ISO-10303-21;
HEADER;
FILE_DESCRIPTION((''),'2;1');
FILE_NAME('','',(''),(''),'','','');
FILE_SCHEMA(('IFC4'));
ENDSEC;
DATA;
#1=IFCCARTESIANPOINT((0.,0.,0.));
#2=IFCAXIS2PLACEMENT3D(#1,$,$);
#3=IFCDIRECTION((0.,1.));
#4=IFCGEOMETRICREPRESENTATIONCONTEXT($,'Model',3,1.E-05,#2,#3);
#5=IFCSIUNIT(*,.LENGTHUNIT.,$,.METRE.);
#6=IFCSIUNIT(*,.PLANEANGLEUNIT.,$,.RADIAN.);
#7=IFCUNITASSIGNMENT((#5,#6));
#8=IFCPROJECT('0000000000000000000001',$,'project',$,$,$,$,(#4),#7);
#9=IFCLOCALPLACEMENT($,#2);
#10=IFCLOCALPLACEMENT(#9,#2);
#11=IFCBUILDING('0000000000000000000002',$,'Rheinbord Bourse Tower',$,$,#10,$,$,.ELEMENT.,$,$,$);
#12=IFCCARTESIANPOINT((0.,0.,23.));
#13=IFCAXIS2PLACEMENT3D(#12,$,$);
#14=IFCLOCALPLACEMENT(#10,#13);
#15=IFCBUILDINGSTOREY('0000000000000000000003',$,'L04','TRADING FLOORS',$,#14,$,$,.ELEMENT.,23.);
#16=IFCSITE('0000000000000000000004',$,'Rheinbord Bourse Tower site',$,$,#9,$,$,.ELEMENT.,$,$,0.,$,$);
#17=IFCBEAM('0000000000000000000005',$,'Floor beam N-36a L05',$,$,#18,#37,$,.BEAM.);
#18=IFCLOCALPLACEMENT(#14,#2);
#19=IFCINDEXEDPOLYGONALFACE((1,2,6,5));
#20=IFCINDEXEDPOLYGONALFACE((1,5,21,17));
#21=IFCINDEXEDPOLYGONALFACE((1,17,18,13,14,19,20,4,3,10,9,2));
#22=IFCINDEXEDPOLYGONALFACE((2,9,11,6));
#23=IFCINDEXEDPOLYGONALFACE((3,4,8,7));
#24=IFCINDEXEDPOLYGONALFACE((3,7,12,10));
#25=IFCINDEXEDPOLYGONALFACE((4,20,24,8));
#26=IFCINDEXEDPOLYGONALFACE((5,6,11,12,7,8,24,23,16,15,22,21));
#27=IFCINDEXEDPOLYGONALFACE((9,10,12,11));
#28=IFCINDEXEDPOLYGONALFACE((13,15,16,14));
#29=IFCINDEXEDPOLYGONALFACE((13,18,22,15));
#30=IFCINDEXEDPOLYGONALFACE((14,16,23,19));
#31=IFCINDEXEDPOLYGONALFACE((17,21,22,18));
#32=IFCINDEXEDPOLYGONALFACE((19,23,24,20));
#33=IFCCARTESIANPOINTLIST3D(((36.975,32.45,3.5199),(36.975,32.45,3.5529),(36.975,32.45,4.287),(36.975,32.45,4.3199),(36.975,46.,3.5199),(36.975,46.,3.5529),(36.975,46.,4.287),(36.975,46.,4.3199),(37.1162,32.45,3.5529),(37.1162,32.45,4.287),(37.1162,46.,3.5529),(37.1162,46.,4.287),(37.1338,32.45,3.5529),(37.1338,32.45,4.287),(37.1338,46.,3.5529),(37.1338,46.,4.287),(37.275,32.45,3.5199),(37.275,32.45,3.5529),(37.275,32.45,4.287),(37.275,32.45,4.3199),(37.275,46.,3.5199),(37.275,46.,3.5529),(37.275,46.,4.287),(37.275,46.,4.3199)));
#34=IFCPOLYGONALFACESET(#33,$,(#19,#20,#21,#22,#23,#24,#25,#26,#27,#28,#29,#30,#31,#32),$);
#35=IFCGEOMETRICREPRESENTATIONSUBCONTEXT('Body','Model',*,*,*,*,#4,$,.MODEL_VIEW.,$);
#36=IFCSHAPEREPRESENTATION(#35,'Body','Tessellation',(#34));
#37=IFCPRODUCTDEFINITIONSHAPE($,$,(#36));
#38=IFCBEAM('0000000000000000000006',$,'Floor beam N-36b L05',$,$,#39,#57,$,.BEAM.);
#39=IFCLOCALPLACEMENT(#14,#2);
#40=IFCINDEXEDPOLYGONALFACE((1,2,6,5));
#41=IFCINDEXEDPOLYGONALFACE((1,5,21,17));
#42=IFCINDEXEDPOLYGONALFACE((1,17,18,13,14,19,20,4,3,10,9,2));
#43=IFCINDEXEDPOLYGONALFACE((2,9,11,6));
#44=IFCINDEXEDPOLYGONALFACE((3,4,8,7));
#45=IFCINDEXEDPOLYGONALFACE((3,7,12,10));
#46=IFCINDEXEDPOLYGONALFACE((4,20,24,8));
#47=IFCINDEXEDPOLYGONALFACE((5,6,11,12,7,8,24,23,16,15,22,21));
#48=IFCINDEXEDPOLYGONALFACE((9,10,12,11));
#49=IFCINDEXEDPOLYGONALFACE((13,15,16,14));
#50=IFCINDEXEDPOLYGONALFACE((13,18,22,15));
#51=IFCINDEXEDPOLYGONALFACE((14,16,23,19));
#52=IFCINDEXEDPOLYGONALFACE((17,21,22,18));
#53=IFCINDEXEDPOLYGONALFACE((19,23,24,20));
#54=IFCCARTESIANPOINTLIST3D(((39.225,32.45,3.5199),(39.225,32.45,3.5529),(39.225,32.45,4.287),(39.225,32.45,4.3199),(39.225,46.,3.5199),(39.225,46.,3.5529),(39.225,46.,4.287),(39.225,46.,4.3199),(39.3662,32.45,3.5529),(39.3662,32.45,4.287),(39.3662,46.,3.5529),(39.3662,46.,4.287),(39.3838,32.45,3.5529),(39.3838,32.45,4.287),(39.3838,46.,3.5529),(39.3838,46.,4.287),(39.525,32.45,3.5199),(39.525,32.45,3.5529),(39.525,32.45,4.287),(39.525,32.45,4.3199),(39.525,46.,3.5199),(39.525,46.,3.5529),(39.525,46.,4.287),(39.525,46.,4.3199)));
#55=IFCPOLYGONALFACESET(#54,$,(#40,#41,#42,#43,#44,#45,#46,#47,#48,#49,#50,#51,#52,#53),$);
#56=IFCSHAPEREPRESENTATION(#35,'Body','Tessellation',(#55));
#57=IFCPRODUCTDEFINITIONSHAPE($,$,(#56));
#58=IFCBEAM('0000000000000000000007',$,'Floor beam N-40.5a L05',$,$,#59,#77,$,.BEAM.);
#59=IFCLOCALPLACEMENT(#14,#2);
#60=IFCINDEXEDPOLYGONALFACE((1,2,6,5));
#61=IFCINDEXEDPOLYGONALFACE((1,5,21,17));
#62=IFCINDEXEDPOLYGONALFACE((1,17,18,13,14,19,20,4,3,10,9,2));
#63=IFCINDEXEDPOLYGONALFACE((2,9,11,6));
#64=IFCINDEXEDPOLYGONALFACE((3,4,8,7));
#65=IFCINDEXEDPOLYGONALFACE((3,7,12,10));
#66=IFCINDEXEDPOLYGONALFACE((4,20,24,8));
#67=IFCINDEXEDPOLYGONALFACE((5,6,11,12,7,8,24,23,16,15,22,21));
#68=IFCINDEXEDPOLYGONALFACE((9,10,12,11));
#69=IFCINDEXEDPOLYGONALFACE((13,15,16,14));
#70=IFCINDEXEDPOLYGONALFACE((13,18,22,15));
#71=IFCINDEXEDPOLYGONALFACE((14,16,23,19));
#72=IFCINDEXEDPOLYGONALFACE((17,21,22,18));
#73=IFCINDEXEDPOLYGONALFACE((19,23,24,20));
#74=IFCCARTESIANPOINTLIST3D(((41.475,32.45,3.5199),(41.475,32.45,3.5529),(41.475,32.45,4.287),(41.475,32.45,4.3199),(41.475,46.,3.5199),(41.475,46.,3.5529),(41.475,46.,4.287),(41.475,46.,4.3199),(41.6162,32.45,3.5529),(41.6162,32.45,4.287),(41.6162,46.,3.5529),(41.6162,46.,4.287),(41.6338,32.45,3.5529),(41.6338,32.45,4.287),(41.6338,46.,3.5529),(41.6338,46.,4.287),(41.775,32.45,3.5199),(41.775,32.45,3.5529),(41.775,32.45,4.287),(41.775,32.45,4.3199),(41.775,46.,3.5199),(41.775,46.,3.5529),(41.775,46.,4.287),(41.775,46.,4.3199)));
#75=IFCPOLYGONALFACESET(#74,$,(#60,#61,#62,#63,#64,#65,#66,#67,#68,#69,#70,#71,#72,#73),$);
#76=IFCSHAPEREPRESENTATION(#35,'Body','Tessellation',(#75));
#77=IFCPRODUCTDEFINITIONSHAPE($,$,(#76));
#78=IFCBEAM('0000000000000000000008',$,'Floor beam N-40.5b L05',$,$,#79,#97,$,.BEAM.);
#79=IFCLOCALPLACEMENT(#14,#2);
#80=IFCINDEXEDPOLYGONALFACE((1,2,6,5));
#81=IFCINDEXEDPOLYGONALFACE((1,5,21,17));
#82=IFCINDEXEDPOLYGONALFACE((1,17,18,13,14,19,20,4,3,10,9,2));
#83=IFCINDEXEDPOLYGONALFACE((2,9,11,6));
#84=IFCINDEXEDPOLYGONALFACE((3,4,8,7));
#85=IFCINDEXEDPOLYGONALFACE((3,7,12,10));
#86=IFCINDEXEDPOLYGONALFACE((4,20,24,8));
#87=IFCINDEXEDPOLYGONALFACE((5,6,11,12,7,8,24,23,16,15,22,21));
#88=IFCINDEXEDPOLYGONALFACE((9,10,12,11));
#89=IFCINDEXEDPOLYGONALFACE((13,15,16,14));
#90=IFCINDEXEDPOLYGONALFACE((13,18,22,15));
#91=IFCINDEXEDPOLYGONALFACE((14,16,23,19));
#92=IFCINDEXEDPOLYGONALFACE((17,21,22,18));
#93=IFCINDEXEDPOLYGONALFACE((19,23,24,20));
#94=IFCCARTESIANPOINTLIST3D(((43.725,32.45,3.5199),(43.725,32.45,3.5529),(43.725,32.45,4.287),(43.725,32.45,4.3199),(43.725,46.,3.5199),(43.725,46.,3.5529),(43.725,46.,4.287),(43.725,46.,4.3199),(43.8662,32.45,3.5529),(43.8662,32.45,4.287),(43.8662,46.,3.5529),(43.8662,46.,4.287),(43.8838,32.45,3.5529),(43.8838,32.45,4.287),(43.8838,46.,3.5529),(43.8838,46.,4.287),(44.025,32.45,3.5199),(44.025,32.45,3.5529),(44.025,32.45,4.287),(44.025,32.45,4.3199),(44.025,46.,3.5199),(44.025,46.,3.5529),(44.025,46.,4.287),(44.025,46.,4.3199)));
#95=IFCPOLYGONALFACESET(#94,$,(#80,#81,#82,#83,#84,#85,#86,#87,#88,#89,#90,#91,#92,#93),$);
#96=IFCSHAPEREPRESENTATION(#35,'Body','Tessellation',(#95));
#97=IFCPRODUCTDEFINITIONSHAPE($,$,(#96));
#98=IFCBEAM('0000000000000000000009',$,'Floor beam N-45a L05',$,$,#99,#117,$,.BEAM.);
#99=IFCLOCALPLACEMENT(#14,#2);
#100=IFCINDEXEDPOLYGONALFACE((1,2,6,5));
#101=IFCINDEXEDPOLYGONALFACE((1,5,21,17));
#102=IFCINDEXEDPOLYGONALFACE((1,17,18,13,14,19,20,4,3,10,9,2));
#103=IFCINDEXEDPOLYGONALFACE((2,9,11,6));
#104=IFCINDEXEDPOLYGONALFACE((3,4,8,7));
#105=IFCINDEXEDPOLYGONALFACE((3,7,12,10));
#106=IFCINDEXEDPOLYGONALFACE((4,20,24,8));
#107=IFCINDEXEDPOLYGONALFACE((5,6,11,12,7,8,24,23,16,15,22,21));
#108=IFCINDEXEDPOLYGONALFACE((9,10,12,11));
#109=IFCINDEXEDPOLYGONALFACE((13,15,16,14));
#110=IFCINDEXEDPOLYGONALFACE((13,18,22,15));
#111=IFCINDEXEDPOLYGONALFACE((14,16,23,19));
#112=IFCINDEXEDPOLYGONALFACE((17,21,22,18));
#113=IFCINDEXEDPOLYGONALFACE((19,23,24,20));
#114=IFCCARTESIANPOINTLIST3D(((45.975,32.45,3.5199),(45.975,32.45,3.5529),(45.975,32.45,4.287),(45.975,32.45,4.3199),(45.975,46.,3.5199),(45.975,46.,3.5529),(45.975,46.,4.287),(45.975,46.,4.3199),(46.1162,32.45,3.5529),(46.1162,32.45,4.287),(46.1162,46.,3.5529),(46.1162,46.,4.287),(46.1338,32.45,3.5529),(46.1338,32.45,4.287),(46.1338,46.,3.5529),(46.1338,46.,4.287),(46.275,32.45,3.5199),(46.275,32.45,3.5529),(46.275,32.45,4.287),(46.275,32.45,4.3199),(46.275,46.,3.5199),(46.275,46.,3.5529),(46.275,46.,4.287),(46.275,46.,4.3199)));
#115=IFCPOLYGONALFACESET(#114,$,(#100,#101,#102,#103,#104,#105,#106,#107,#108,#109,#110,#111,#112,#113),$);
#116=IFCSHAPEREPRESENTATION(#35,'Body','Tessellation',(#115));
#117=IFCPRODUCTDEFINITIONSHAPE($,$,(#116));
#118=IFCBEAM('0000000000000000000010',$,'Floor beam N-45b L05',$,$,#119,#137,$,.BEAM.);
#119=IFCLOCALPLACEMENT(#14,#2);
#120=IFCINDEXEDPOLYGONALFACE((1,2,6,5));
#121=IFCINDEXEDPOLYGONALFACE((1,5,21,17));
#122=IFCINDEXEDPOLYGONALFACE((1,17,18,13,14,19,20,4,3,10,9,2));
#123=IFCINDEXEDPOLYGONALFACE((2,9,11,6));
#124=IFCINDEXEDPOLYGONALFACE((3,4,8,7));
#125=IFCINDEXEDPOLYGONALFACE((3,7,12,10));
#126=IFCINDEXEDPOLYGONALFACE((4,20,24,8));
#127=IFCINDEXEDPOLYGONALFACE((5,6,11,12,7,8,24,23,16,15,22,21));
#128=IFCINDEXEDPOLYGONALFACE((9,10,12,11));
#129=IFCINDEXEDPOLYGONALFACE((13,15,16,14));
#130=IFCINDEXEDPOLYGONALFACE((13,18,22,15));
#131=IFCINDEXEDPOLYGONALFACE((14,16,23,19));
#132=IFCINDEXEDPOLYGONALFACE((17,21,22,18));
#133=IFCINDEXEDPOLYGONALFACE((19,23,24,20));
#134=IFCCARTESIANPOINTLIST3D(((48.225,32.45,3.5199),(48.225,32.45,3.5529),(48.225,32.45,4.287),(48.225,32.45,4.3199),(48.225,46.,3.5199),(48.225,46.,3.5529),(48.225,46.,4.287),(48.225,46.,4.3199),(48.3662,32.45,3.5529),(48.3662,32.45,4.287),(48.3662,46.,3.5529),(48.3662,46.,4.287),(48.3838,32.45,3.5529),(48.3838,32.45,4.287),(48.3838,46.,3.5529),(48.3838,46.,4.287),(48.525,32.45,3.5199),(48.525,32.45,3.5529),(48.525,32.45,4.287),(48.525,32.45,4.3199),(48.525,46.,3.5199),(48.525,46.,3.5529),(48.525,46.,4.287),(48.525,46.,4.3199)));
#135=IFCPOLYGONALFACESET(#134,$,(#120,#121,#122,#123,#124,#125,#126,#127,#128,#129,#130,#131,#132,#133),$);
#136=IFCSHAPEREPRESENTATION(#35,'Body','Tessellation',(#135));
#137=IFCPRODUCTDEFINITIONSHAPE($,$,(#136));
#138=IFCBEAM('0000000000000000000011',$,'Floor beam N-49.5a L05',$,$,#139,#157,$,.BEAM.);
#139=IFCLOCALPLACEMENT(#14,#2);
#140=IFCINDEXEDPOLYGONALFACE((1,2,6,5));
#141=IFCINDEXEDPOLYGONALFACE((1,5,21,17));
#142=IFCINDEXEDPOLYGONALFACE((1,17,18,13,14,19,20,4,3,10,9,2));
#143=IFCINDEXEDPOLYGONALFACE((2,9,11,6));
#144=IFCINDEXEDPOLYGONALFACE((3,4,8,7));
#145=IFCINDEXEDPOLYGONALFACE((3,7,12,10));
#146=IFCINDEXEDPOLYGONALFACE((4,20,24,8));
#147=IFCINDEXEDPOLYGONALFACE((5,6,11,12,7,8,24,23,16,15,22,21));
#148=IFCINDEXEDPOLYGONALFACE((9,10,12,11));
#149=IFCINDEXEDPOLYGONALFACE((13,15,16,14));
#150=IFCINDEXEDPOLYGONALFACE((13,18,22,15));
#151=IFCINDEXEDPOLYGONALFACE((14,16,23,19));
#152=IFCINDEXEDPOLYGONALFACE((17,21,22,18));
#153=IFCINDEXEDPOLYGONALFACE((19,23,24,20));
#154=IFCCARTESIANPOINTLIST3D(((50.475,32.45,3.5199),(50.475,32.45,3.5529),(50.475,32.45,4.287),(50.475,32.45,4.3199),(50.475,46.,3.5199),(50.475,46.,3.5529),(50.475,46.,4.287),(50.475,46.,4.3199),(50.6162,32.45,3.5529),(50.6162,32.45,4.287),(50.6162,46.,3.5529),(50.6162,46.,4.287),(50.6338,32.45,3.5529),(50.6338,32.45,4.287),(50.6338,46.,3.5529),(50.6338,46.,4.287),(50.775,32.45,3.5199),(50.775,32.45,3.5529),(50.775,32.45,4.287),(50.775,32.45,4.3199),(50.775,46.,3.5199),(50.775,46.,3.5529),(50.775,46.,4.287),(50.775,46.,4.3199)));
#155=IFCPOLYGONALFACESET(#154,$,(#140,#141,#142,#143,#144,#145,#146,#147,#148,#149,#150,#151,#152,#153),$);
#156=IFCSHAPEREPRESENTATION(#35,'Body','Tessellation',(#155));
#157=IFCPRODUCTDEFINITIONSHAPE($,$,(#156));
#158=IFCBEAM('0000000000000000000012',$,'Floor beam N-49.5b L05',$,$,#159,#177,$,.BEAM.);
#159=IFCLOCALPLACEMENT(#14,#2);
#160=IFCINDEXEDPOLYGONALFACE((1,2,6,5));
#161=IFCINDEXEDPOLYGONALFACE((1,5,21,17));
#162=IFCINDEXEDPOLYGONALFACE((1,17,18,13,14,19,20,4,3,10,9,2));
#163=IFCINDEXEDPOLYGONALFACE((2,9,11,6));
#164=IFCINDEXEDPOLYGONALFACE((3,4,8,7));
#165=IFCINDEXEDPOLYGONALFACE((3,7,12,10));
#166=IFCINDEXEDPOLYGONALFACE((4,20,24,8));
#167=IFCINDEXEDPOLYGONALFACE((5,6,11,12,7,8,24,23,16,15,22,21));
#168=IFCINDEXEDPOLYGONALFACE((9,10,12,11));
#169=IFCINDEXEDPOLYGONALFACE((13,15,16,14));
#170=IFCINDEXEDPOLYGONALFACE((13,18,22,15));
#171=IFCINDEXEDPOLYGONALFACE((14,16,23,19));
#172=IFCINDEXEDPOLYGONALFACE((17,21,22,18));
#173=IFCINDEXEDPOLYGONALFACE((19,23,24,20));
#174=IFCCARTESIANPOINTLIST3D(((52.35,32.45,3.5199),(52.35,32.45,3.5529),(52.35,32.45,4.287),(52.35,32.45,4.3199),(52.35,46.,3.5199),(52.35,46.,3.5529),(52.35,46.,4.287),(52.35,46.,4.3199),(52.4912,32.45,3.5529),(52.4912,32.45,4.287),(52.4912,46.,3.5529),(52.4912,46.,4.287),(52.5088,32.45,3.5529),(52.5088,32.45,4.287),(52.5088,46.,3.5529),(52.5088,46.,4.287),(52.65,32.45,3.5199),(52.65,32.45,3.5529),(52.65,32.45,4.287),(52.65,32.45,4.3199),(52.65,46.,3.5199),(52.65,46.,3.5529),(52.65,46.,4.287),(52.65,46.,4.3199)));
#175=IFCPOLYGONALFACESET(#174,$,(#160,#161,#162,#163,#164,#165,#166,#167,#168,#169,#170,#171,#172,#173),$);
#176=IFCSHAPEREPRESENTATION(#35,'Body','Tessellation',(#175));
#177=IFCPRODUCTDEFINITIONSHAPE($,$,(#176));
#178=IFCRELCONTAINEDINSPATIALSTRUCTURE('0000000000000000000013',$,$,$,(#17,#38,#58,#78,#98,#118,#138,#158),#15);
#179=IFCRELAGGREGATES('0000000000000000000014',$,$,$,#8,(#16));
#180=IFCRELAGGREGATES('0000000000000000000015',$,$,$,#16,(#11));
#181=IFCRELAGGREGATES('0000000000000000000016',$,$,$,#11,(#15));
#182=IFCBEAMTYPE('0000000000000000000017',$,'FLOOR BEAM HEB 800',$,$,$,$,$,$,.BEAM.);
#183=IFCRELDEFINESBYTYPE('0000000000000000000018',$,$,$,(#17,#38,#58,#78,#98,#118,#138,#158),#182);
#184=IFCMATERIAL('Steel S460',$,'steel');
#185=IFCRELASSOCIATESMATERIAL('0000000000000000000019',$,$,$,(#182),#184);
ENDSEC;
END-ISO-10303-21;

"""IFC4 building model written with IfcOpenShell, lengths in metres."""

from ifc_helpers import new_model, si_unit, direction, frame, origin, origin_2d, place, context, subcontext, project, spatial, i_section, extrude, material, material_profile, profile_set, type_object, element, save


model = new_model("IFC4")

# Units and contexts
model_context = context("Model", 3, precision=1e-05, world=origin(), true_north=direction((0.0, 1.0)))
body_context = subcontext(model_context, "Body", "Model", "MODEL_VIEW")
ifc_project = project(units=[si_unit("LENGTHUNIT", "METRE"), si_unit("PLANEANGLEUNIT", "RADIAN")], contexts=[model_context])

# Site, building, storey
site_placement = place(None, origin())
site = spatial("IfcSite", under=ifc_project, at=site_placement, Name="Rheinbord Bourse Tower site", CompositionType="ELEMENT", RefElevation=0.0)
building_placement = place(site_placement, origin())
building = spatial("IfcBuilding", under=site, at=building_placement, Name="Rheinbord Bourse Tower", CompositionType="ELEMENT")
storey_placement = place(building_placement, frame((0.0, 0.0, 23.0)))
storey = spatial("IfcBuildingStorey", under=building, at=storey_placement, Name="L04", Description="TRADING FLOORS", CompositionType="ELEMENT", Elevation=23.0)

# Beams
ifc_material_1 = material(Name="Steel S460", Category="steel")
ifc_material_profile_1 = material_profile(ifc_material_1, i_section(OverallWidth=0.3, OverallDepth=0.8, WebThickness=0.0176, FlangeThickness=0.033, at=origin_2d()), Name="HEB 800")
ifc_profile_set_1 = profile_set([ifc_material_profile_1], Name="Steel S460")
beam_type_1 = type_object("IfcBeamType", Name="FLOOR BEAM HEB 800", PredefinedType="BEAM", material=ifc_profile_set_1)
for number, where, z_axis, x_axis, name in (
    (1, (37.125, 46.0, 3.9199), (0.0, -1.0, 0.0), (1.0, 0.0, 0.0), "Floor beam N-36a L05"),
    (2, (39.375, 46.0, 3.9199), (0.0, -1.0, 0.0), (1.0, 0.0, 0.0), "Floor beam N-36b L05"),
    (3, (41.625, 46.0, 3.9199), (0.0, -1.0, 0.0), (1.0, 0.0, 0.0), "Floor beam N-40.5a L05"),
    (4, (43.875, 46.0, 3.9199), (0.0, -1.0, 0.0), (1.0, 0.0, 0.0), "Floor beam N-40.5b L05"),
    (5, (46.125, 46.0, 3.9199), (0.0, -1.0, 0.0), (1.0, 0.0, 0.0), "Floor beam N-45a L05"),
    (6, (48.375, 46.0, 3.9199), (0.0, -1.0, 0.0), (1.0, 0.0, 0.0), "Floor beam N-45b L05"),
    (7, (50.625, 46.0, 3.9199), (0.0, -1.0, 0.0), (1.0, 0.0, 0.0), "Floor beam N-49.5a L05"),
    (8, (52.5, 46.0, 3.9199), (0.0, -1.0, 0.0), (1.0, 0.0, 0.0), "Floor beam N-49.5b L05"),
):
    element("IfcBeam", number, at=place(storey_placement, frame(where, z_axis=z_axis, x_axis=x_axis)), inside=storey, type_object=beam_type_1, Name=name, PredefinedType="BEAM", context=body_context, shape_type="SweptSolid", body=[
        extrude(i_section(OverallWidth=0.3, OverallDepth=0.8, WebThickness=0.0176, FlangeThickness=0.033, at=origin_2d()), origin(), (0.0, 0.0, 1.0), 13.55),
    ])

save(model, "model.ifc")
